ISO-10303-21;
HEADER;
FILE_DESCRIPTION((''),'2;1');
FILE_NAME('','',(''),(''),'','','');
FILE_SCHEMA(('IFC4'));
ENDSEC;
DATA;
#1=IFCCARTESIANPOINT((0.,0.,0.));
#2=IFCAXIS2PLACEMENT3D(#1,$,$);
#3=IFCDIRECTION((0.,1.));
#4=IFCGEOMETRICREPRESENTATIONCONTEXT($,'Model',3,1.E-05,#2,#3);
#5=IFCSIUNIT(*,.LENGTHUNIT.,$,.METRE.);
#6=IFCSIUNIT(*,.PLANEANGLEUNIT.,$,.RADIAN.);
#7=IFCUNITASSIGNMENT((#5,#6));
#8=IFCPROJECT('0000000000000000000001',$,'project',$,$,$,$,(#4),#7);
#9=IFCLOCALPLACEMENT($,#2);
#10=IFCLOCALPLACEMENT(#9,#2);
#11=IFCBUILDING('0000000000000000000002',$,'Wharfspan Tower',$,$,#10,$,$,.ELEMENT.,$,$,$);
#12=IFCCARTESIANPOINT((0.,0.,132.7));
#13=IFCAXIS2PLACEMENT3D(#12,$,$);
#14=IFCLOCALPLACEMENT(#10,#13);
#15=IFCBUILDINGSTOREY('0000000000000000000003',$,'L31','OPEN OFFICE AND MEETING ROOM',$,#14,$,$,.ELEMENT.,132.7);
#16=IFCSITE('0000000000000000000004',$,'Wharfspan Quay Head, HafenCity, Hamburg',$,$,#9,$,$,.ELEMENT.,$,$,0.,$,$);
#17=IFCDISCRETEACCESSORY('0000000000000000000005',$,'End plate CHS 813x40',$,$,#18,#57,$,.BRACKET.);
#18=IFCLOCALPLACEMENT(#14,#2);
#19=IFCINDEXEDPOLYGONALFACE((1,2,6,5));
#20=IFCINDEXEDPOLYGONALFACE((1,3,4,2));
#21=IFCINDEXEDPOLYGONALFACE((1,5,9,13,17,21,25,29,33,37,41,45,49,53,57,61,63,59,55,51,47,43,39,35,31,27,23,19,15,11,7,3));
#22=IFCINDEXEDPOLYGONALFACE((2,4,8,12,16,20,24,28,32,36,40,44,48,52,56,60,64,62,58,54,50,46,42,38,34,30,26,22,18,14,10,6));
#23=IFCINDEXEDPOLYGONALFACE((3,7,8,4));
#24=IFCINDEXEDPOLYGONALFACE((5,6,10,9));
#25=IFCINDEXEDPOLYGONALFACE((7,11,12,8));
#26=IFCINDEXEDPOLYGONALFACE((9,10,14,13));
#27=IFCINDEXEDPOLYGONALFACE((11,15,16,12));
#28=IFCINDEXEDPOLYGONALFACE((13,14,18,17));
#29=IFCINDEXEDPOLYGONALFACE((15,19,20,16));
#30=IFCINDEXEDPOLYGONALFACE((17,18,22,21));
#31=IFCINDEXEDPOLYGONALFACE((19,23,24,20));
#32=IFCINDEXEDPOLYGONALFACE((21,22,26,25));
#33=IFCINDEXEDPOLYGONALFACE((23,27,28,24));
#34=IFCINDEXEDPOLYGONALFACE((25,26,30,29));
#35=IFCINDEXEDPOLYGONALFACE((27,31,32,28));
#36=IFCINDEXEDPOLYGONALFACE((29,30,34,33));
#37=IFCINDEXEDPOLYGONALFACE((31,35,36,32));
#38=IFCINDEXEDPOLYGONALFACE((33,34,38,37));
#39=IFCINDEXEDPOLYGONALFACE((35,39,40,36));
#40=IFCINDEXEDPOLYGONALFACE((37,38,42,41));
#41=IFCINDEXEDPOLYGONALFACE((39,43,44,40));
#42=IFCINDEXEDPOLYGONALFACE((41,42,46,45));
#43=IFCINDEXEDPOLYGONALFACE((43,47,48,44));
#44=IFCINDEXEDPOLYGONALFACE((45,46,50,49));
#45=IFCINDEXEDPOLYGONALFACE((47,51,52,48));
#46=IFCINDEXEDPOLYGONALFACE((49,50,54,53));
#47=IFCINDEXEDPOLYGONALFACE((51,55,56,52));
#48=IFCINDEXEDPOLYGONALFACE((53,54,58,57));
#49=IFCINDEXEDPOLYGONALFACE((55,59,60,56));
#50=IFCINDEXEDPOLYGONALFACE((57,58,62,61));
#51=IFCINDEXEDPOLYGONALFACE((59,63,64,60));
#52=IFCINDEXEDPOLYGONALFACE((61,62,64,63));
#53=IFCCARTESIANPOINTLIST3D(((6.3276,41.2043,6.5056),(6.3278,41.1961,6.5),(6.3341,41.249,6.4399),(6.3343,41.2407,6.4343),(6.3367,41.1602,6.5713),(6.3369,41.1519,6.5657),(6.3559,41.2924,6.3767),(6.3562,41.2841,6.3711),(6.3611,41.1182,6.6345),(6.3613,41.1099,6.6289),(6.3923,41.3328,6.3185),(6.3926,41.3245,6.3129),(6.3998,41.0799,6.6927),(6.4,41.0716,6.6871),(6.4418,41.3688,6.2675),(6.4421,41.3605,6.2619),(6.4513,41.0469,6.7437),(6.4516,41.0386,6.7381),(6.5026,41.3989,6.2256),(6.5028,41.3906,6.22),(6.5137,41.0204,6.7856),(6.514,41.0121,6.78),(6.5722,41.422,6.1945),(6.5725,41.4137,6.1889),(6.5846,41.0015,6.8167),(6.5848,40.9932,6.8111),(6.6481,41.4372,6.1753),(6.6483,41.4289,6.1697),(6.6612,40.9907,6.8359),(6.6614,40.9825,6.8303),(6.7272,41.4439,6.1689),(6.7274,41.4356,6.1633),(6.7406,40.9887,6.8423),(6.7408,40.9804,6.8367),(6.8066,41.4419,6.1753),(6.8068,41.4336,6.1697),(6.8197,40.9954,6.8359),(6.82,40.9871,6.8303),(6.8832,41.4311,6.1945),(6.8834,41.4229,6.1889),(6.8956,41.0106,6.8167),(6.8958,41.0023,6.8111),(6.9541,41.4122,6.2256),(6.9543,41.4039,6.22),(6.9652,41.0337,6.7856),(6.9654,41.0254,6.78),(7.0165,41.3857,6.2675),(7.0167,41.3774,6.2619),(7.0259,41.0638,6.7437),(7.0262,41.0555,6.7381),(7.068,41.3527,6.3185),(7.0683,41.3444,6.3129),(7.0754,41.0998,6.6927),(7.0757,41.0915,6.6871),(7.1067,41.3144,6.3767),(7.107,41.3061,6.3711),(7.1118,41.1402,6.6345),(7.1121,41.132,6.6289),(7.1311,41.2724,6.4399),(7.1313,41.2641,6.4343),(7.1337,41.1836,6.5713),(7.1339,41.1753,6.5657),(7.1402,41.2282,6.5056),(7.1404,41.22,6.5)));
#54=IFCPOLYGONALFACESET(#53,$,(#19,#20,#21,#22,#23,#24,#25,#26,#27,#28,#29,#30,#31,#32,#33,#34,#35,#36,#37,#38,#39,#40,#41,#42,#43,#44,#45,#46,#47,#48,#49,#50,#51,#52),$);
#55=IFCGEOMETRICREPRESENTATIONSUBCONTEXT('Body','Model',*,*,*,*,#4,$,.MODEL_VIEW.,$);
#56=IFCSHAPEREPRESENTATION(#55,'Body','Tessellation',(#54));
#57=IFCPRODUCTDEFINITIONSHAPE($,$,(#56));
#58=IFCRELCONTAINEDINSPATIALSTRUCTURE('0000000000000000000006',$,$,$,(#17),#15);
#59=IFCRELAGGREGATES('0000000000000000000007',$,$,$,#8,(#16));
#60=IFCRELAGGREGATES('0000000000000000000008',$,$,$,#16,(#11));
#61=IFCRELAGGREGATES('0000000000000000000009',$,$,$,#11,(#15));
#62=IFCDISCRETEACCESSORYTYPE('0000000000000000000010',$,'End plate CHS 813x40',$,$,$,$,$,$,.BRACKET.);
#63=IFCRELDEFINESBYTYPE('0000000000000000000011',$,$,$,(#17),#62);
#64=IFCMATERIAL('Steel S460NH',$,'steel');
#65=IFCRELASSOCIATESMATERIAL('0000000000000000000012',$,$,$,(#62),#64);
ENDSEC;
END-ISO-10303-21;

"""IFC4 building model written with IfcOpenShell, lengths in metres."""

from ifc_helpers import new_model, si_unit, direction, frame, origin, origin_2d, place, context, subcontext, project, spatial, circle, extrude, material, material_profile, profile_set, type_object, element, save


model = new_model("IFC4")

# Units and contexts
model_context = context("Model", 3, precision=1e-05, world=origin(), true_north=direction((0.0, 1.0)))
body_context = subcontext(model_context, "Body", "Model", "MODEL_VIEW")
ifc_project = project(units=[si_unit("LENGTHUNIT", "METRE"), si_unit("PLANEANGLEUNIT", "RADIAN")], contexts=[model_context])

# Site, building, storey
site_placement = place(None, origin())
site = spatial("IfcSite", under=ifc_project, at=site_placement, Name="Wharfspan Quay Head, HafenCity, Hamburg", CompositionType="ELEMENT", RefElevation=0.0)
building_placement = place(site_placement, origin())
building = spatial("IfcBuilding", under=site, at=building_placement, Name="Wharfspan Tower", CompositionType="ELEMENT")
storey_placement = place(building_placement, frame((0.0, 0.0, 132.7)))
storey = spatial("IfcBuildingStorey", under=building, at=storey_placement, Name="L31", Description="OPEN OFFICE AND MEETING ROOM", CompositionType="ELEMENT", Elevation=132.7)

# Shared definitions
ifc_material_1 = material(Name="Steel S460NH", Category="steel")

# Discrete accessory
ifc_material_profile_1 = material_profile(ifc_material_1, circle(Radius=0.4065, at=origin_2d()))
ifc_profile_set_1 = profile_set([ifc_material_profile_1], Name="Steel S460NH")
discrete_accessory_type = type_object("IfcDiscreteAccessoryType", Name="End plate CHS 813x40", PredefinedType="BRACKET", material=ifc_profile_set_1)
for number, where, z_axis, x_axis, name in (
    (1, (6.7341, 41.208, 6.5), (-0.024354, 0.828038, 0.560143), (-0.999568, -0.029399, 0.0), "End plate CHS 813x40"),
):
    element("IfcDiscreteAccessory", number, at=place(storey_placement, frame(where, z_axis=z_axis, x_axis=x_axis)), inside=storey, type_object=discrete_accessory_type, Name=name, PredefinedType="BRACKET", context=body_context, shape_type="SweptSolid", body=[
        extrude(circle(Radius=0.4065, at=origin_2d()), origin(), (0.0, 0.0, 1.0), 0.01),
    ])

save(model, "model.ifc")
